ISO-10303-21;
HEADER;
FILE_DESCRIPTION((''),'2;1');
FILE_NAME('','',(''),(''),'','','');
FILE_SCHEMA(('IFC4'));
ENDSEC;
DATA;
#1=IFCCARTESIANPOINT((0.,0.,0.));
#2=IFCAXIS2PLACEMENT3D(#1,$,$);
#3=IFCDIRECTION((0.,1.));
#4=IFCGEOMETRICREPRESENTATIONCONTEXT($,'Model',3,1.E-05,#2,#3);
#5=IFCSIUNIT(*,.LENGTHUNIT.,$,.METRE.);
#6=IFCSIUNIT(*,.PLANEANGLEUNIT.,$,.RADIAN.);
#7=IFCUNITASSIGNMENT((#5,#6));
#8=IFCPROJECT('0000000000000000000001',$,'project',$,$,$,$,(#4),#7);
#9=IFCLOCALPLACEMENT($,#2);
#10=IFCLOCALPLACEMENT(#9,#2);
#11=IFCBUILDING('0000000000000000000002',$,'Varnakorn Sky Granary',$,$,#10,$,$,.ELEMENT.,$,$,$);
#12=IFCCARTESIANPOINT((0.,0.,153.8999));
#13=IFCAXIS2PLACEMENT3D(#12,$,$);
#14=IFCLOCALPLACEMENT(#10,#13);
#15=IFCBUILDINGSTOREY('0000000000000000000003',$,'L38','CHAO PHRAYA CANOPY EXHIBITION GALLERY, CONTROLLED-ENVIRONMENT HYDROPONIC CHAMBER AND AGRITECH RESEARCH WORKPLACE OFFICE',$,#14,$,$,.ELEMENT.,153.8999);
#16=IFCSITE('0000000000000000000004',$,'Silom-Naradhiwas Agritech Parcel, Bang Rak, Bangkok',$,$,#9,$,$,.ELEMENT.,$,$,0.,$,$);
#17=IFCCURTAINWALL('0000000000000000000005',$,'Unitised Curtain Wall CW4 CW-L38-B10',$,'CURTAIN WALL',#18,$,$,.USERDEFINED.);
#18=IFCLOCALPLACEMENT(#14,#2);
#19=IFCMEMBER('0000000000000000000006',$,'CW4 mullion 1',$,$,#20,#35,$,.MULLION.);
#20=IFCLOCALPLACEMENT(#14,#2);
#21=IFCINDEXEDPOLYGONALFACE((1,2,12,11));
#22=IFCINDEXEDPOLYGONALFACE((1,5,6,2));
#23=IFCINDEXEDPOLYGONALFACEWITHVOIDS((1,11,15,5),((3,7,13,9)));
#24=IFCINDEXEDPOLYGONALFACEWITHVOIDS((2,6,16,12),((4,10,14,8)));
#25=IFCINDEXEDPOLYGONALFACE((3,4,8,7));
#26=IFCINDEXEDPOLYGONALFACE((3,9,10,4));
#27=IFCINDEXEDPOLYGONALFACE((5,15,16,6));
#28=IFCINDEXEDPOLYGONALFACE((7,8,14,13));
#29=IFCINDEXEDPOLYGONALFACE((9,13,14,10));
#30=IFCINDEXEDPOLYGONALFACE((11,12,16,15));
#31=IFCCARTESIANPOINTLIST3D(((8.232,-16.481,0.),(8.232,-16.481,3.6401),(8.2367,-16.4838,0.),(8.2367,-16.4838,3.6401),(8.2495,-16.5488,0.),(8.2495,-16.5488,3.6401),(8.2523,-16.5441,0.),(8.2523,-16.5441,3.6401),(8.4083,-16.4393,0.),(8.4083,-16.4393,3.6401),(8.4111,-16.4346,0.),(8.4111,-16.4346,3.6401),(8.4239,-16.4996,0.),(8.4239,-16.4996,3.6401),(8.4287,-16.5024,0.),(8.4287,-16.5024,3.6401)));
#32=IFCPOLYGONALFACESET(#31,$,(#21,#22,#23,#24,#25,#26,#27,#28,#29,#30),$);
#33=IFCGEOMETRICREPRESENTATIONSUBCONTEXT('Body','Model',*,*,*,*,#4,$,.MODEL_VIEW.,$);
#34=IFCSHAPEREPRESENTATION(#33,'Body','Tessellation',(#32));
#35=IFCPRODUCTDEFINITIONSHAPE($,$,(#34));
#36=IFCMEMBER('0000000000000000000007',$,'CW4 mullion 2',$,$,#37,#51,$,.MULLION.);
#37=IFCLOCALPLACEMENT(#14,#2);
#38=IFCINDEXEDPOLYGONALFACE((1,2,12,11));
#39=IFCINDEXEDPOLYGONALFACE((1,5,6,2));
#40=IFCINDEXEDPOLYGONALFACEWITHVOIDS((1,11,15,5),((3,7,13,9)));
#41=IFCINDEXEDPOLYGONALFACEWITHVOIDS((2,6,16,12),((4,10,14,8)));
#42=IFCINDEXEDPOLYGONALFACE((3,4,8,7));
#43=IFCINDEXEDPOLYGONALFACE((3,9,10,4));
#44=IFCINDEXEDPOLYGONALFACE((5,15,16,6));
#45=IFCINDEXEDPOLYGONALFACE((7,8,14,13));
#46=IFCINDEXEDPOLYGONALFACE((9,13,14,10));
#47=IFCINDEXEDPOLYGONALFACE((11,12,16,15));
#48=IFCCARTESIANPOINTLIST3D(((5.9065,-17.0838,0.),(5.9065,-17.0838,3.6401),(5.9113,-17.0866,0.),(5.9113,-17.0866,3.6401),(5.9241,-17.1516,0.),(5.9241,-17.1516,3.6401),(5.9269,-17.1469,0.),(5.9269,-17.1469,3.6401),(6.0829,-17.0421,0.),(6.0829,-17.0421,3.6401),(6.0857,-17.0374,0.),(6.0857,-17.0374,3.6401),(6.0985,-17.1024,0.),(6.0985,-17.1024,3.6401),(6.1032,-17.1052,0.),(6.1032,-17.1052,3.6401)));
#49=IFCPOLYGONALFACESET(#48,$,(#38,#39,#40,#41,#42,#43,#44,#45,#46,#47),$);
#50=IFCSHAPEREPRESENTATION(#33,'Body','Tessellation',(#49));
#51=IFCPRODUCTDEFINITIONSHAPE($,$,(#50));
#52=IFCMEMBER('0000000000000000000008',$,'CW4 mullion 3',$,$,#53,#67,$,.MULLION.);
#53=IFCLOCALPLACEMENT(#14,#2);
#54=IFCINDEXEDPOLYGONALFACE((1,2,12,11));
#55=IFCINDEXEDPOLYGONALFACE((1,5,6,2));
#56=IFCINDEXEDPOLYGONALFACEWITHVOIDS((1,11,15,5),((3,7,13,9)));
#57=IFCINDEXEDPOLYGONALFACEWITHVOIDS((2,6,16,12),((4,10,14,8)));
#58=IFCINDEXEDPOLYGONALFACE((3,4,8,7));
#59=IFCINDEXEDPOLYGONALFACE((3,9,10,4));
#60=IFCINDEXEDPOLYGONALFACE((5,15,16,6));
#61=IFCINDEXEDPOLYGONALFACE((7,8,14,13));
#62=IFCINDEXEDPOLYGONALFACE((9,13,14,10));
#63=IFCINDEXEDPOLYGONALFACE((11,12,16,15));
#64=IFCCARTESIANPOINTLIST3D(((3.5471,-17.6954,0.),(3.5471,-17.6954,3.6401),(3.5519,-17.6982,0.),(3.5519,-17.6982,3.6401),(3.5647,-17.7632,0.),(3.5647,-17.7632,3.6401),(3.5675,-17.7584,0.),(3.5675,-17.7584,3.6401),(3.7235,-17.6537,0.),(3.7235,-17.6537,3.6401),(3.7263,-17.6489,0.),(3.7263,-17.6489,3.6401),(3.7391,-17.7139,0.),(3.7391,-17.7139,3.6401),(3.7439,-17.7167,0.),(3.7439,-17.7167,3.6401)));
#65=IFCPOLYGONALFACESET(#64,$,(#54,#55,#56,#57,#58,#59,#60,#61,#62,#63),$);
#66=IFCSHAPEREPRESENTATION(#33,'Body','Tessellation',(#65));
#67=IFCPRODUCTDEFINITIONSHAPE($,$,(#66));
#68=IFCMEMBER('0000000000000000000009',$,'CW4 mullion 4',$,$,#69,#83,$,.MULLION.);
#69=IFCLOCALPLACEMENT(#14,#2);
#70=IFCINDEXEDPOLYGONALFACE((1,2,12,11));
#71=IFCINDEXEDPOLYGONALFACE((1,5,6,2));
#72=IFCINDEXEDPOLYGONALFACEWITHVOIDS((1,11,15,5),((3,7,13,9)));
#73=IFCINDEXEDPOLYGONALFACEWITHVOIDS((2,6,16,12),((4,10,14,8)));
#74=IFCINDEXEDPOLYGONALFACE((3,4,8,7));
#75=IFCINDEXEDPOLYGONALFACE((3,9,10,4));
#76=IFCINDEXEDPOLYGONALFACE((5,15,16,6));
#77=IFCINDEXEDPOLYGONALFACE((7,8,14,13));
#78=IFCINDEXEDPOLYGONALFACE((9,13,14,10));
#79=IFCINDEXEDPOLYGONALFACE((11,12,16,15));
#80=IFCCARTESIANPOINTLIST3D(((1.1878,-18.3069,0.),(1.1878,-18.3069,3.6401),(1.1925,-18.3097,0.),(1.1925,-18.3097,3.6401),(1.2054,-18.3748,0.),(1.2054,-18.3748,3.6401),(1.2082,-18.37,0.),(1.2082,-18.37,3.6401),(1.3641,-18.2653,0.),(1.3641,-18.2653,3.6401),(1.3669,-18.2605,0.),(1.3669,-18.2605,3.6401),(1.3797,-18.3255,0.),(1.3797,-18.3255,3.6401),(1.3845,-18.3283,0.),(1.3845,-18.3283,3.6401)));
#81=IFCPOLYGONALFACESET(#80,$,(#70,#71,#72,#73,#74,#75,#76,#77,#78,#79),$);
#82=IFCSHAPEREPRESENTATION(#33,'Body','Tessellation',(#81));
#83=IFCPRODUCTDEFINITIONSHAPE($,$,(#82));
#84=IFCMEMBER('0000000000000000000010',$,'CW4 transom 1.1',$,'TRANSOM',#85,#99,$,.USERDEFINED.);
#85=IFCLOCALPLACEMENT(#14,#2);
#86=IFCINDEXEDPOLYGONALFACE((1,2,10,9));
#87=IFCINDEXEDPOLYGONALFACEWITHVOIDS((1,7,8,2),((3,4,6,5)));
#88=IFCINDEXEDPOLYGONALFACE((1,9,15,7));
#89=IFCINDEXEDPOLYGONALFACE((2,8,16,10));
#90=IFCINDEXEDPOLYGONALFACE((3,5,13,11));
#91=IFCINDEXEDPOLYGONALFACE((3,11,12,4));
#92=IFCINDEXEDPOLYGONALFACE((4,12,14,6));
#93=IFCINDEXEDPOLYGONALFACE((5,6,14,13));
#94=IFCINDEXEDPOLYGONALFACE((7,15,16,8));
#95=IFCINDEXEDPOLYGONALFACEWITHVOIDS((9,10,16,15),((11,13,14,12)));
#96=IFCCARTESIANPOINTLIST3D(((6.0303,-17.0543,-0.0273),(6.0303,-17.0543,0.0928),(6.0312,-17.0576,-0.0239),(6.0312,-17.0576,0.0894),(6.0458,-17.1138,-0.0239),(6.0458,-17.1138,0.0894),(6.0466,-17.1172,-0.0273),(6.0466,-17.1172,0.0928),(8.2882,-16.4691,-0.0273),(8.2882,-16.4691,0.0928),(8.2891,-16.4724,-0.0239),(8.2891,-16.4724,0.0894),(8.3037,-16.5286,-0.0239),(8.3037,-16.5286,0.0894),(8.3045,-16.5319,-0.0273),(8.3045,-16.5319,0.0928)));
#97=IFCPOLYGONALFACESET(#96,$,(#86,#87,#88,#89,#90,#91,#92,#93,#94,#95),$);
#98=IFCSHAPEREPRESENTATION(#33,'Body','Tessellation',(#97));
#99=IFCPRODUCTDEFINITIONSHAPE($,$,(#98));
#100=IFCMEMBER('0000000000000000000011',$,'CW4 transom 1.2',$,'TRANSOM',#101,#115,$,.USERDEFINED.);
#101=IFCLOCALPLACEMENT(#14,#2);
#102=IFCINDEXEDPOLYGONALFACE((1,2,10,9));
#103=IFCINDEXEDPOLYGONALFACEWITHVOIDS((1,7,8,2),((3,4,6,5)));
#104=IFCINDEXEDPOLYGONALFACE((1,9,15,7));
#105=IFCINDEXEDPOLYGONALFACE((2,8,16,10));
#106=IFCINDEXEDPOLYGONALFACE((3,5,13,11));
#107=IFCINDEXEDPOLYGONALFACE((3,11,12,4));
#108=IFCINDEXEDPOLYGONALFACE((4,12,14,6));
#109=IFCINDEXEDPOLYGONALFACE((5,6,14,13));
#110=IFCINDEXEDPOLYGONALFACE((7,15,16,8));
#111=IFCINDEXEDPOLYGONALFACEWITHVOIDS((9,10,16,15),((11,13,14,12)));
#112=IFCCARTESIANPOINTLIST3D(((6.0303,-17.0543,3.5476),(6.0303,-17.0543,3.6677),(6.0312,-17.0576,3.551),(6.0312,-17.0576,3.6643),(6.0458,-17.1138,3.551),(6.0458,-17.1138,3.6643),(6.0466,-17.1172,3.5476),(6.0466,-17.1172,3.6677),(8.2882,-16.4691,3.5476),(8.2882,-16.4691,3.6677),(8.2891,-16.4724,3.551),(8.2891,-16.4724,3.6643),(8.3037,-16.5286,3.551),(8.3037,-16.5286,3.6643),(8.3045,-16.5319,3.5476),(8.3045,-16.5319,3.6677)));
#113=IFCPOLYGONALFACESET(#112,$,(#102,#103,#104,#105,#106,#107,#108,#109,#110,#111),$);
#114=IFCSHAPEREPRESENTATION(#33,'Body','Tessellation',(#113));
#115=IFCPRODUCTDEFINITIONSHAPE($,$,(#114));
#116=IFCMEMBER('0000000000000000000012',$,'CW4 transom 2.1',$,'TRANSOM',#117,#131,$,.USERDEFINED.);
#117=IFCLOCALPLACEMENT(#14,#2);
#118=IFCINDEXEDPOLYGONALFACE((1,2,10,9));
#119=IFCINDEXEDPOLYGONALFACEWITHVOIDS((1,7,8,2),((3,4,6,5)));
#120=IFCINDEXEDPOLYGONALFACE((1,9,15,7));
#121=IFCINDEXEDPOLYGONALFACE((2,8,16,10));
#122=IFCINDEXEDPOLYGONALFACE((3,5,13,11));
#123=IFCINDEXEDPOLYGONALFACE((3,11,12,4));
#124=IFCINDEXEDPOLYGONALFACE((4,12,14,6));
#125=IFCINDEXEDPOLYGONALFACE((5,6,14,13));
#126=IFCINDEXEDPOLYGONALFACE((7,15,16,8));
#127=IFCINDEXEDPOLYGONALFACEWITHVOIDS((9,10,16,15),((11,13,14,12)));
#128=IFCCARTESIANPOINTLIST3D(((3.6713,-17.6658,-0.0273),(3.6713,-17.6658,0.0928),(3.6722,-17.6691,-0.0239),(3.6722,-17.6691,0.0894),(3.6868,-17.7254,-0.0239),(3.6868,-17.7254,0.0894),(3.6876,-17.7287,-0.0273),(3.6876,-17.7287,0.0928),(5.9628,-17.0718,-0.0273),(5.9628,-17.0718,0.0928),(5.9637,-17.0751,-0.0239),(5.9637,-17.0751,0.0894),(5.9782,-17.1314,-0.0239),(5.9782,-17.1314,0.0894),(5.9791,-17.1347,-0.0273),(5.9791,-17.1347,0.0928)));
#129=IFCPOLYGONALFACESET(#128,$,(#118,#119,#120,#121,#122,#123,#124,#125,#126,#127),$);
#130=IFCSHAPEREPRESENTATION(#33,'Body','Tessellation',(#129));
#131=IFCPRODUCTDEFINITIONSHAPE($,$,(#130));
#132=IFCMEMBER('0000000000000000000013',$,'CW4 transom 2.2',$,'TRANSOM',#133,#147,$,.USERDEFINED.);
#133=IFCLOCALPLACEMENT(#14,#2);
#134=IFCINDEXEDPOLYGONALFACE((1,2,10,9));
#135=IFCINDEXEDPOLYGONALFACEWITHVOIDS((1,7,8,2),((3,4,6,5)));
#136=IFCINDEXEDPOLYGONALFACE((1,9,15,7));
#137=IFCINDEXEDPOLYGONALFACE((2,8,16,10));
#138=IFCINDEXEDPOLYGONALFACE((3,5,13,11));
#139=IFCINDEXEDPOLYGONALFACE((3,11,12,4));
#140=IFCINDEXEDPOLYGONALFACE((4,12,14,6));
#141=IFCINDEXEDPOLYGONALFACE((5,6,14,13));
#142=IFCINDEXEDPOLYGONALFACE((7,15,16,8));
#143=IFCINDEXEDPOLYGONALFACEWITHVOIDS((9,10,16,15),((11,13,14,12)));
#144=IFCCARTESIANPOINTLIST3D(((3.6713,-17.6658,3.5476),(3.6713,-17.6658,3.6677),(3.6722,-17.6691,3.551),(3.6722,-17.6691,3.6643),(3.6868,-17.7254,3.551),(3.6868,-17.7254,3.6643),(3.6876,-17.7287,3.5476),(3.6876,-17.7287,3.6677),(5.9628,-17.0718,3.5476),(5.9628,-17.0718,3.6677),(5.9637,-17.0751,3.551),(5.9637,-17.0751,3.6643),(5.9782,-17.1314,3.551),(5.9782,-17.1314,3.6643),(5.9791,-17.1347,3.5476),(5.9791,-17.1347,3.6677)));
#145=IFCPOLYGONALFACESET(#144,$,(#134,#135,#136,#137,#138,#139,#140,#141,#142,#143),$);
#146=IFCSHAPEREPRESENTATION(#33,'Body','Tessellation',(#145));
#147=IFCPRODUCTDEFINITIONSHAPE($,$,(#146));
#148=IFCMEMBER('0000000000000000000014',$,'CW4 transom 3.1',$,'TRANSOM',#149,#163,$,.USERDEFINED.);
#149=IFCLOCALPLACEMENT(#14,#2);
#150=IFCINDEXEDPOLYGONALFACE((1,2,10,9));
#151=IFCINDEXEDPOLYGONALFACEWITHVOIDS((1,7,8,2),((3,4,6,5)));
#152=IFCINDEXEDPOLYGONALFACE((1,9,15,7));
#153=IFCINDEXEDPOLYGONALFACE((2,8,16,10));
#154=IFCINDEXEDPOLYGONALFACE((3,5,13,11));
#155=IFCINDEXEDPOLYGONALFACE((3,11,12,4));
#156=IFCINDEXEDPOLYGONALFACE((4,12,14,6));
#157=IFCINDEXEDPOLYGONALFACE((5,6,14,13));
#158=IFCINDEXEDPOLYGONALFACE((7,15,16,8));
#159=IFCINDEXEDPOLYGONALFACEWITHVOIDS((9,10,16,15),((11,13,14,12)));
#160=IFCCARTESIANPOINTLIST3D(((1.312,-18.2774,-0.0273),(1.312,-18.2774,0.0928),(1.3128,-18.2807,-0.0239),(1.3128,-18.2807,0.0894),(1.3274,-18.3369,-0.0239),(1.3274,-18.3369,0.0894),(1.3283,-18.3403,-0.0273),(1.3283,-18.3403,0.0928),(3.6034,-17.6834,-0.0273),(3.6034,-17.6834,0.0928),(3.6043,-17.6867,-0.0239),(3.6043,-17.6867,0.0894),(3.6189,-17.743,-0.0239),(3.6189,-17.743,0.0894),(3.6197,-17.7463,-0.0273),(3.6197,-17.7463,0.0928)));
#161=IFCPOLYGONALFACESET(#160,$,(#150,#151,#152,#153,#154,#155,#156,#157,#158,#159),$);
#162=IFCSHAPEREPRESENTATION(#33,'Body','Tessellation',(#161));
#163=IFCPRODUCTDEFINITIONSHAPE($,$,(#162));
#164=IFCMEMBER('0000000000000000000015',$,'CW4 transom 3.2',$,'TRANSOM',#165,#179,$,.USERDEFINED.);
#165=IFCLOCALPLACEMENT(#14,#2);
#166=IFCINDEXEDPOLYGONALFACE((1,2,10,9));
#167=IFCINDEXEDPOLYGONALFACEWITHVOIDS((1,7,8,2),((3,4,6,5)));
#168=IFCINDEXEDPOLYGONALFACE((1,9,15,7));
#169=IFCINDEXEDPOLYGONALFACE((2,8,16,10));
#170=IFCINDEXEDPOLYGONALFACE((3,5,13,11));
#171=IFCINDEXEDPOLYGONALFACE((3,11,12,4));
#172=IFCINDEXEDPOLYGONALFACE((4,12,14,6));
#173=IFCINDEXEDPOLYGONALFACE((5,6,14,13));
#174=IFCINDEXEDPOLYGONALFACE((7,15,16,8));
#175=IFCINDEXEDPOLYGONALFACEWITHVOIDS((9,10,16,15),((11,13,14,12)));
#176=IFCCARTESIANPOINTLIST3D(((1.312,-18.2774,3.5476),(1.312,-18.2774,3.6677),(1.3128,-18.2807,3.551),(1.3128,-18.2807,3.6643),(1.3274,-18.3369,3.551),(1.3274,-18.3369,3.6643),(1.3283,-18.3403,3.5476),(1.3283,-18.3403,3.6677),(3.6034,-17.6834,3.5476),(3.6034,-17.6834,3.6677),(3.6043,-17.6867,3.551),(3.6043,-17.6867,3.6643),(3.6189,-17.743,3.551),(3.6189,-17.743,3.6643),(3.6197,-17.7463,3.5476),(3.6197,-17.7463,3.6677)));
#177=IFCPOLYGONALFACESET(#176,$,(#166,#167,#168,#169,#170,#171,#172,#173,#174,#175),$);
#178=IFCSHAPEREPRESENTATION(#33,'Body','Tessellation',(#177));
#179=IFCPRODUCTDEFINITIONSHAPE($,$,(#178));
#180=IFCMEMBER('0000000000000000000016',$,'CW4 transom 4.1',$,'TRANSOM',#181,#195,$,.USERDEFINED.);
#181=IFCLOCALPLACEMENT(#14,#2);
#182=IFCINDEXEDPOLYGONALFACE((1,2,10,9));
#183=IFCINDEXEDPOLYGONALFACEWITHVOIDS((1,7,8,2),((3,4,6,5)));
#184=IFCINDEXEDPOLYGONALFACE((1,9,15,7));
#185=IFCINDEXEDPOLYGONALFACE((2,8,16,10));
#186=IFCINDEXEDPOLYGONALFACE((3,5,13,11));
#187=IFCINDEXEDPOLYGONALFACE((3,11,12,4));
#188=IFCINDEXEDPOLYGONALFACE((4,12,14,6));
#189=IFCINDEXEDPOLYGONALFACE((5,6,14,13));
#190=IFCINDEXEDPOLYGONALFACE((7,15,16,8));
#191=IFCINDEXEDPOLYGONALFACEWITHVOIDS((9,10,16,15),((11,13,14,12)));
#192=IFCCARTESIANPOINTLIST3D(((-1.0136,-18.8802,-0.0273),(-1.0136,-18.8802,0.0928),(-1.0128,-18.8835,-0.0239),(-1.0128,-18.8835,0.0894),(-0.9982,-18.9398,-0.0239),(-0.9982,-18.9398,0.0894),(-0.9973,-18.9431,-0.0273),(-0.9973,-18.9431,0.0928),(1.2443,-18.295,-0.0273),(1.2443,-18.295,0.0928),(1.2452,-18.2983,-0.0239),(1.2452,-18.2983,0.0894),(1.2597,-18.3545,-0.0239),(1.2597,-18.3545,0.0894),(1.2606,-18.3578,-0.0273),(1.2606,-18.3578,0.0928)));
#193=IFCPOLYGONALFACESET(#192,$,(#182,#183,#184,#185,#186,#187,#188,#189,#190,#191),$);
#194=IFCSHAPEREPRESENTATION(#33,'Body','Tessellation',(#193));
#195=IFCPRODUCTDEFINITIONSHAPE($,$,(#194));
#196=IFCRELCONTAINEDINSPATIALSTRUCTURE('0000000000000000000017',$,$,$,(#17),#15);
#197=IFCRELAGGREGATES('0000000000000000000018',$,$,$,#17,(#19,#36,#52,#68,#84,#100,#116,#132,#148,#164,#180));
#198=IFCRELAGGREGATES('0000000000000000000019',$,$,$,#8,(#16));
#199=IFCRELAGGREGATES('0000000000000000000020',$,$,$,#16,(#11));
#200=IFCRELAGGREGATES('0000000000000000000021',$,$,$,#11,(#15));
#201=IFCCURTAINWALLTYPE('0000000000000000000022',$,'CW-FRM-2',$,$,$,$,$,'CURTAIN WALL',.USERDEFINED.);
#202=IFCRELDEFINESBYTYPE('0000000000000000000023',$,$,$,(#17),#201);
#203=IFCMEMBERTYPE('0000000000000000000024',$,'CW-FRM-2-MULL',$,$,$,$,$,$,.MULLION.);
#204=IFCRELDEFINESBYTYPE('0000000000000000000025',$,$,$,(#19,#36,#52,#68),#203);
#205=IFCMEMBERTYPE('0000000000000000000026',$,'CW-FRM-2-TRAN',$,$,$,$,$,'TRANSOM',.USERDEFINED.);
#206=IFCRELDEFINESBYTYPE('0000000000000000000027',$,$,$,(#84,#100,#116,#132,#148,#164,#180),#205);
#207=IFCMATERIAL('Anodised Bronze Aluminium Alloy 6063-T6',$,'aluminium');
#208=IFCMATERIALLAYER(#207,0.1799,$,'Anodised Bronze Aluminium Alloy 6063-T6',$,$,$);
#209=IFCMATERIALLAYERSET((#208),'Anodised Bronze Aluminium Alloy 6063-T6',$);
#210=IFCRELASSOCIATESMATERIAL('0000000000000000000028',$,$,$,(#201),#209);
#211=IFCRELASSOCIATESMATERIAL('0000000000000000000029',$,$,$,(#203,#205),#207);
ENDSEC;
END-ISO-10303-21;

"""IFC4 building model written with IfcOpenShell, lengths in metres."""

from ifc_helpers import new_model, si_unit, direction, frame, origin, origin_2d, place, context, subcontext, project, spatial, hollow_rectangle, extrude, material, layer, layer_set, material_profile, profile_set, type_object, element, aggregate, save


model = new_model("IFC4")

# Units and contexts
model_context = context("Model", 3, precision=1e-05, world=origin(), true_north=direction((0.0, 1.0)))
body_context = subcontext(model_context, "Body", "Model", "MODEL_VIEW")
ifc_project = project(units=[si_unit("LENGTHUNIT", "METRE"), si_unit("PLANEANGLEUNIT", "RADIAN")], contexts=[model_context])

# Site, building, storey
site_placement = place(None, origin())
site = spatial("IfcSite", under=ifc_project, at=site_placement, Name="Silom-Naradhiwas Agritech Parcel, Bang Rak, Bangkok", CompositionType="ELEMENT", RefElevation=0.0)
building_placement = place(site_placement, origin())
building = spatial("IfcBuilding", under=site, at=building_placement, Name="Varnakorn Sky Granary", CompositionType="ELEMENT")
storey_placement = place(building_placement, frame((0.0, 0.0, 153.8999)))
storey = spatial("IfcBuildingStorey", under=building, at=storey_placement, Name="L38", Description="CHAO PHRAYA CANOPY EXHIBITION GALLERY, CONTROLLED-ENVIRONMENT HYDROPONIC CHAMBER AND AGRITECH RESEARCH WORKPLACE OFFICE", CompositionType="ELEMENT", Elevation=153.8999)

# Curtain wall, members
ifc_material_1 = material(Name="Anodised Bronze Aluminium Alloy 6063-T6", Category="aluminium")
ifc_layer_1 = layer(ifc_material_1, 0.1799, Name="Anodised Bronze Aluminium Alloy 6063-T6")
ifc_layer_set_1 = layer_set([ifc_layer_1], Name="Anodised Bronze Aluminium Alloy 6063-T6")
curtain_wall_type = type_object("IfcCurtainWallType", Name="CW-FRM-2", ElementType="CURTAIN WALL", PredefinedType="USERDEFINED", material=ifc_layer_set_1)
curtain_wall_placement = place(storey_placement, origin())
curtain_wall = element("IfcCurtainWall", 1, at=curtain_wall_placement, inside=storey, type_object=curtain_wall_type, Name="Unitised Curtain Wall CW4 CW-L38-B10", ObjectType="CURTAIN WALL", PredefinedType="USERDEFINED")
ifc_material_profile_1 = material_profile(ifc_material_1, hollow_rectangle(XDim=0.0701, YDim=0.1851, WallThickness=0.0039, at=origin_2d()), Name="ALU MULL 70x185")
ifc_profile_set_1 = profile_set([ifc_material_profile_1], Name="Anodised Bronze Aluminium Alloy 6063-T6")
member_type_1 = type_object("IfcMemberType", Name="CW-FRM-2-MULL", PredefinedType="MULLION", material=ifc_profile_set_1)
member_1_placement = place(storey_placement, frame((8.3303, -16.4917, 0.0), z_axis=(0.0, 0.0, 1.0), x_axis=(0.250935, -0.968004, 0.0)))
member_1 = element("IfcMember", 2, at=member_1_placement, type_object=member_type_1, Name="CW4 mullion 1", PredefinedType="MULLION", context=body_context, shape_type="SweptSolid", body=[
    extrude(hollow_rectangle(XDim=0.0701, YDim=0.1851, WallThickness=0.0039, at=origin_2d()), origin(), (0.0, 0.0, 1.0), 3.6401),
])
member_2_placement = place(storey_placement, frame((6.0049, -17.0945, 0.0), z_axis=(0.0, 0.0, 1.0), x_axis=(0.250935, -0.968004, 0.0)))
member_2 = element("IfcMember", 3, at=member_2_placement, type_object=member_type_1, Name="CW4 mullion 2", PredefinedType="MULLION", context=body_context, shape_type="SweptSolid", body=[
    extrude(hollow_rectangle(XDim=0.0701, YDim=0.1851, WallThickness=0.0039, at=origin_2d()), origin(), (0.0, 0.0, 1.0), 3.6401),
])
member_3_placement = place(storey_placement, frame((3.6455, -17.7061, 0.0), z_axis=(0.0, 0.0, 1.0), x_axis=(0.250935, -0.968004, 0.0)))
member_3 = element("IfcMember", 4, at=member_3_placement, type_object=member_type_1, Name="CW4 mullion 3", PredefinedType="MULLION", context=body_context, shape_type="SweptSolid", body=[
    extrude(hollow_rectangle(XDim=0.0701, YDim=0.1851, WallThickness=0.0039, at=origin_2d()), origin(), (0.0, 0.0, 1.0), 3.6401),
])
member_4_placement = place(storey_placement, frame((1.2861, -18.3176, 0.0), z_axis=(0.0, 0.0, 1.0), x_axis=(0.250935, -0.968004, 0.0)))
member_4 = element("IfcMember", 5, at=member_4_placement, type_object=member_type_1, Name="CW4 mullion 4", PredefinedType="MULLION", context=body_context, shape_type="SweptSolid", body=[
    extrude(hollow_rectangle(XDim=0.0701, YDim=0.1851, WallThickness=0.0039, at=origin_2d()), origin(), (0.0, 0.0, 1.0), 3.6401),
])
ifc_material_profile_2 = material_profile(ifc_material_1, hollow_rectangle(XDim=0.0649, YDim=0.1201, WallThickness=0.0034, at=origin_2d()), Name="ALU TRAN 65x120")
ifc_profile_set_2 = profile_set([ifc_material_profile_2], Name="Anodised Bronze Aluminium Alloy 6063-T6")
member_type_2 = type_object("IfcMemberType", Name="CW-FRM-2-TRAN", ElementType="TRANSOM", PredefinedType="USERDEFINED", material=ifc_profile_set_2)
member_5_placement = place(storey_placement, frame((8.2964, -16.5005, 0.0327), z_axis=(-0.968013, -0.2509, 0.0), x_axis=(0.2509, -0.968013, 0.0)))
member_5 = element("IfcMember", 6, at=member_5_placement, type_object=member_type_2, Name="CW4 transom 1.1", ObjectType="TRANSOM", PredefinedType="USERDEFINED", context=body_context, shape_type="SweptSolid", body=[
    extrude(hollow_rectangle(XDim=0.0649, YDim=0.1201, WallThickness=0.0034, at=origin_2d()), origin(), (0.0, 0.0, 1.0), 2.3325),
])
member_6_placement = place(storey_placement, frame((8.2964, -16.5005, 3.6077), z_axis=(-0.968013, -0.2509, 0.0), x_axis=(0.2509, -0.968013, 0.0)))
member_6 = element("IfcMember", 7, at=member_6_placement, type_object=member_type_2, Name="CW4 transom 1.2", ObjectType="TRANSOM", PredefinedType="USERDEFINED", context=body_context, shape_type="SweptSolid", body=[
    extrude(hollow_rectangle(XDim=0.0649, YDim=0.1201, WallThickness=0.0034, at=origin_2d()), origin(), (0.0, 0.0, 1.0), 2.3325),
])
member_7_placement = place(storey_placement, frame((5.9709, -17.1033, 0.0327), z_axis=(-0.968007, -0.250923, 0.0), x_axis=(0.250923, -0.968007, 0.0)))
member_7 = element("IfcMember", 8, at=member_7_placement, type_object=member_type_2, Name="CW4 transom 2.1", ObjectType="TRANSOM", PredefinedType="USERDEFINED", context=body_context, shape_type="SweptSolid", body=[
    extrude(hollow_rectangle(XDim=0.0649, YDim=0.1201, WallThickness=0.0034, at=origin_2d()), origin(), (0.0, 0.0, 1.0), 2.3672),
])
member_8_placement = place(storey_placement, frame((5.9709, -17.1033, 3.6077), z_axis=(-0.968007, -0.250923, 0.0), x_axis=(0.250923, -0.968007, 0.0)))
member_8 = element("IfcMember", 9, at=member_8_placement, type_object=member_type_2, Name="CW4 transom 2.2", ObjectType="TRANSOM", PredefinedType="USERDEFINED", context=body_context, shape_type="SweptSolid", body=[
    extrude(hollow_rectangle(XDim=0.0649, YDim=0.1201, WallThickness=0.0034, at=origin_2d()), origin(), (0.0, 0.0, 1.0), 2.3672),
])
member_9_placement = place(storey_placement, frame((3.6116, -17.7148, 0.0327), z_axis=(-0.968007, -0.250923, 0.0), x_axis=(0.250923, -0.968007, 0.0)))
member_9 = element("IfcMember", 10, at=member_9_placement, type_object=member_type_2, Name="CW4 transom 3.1", ObjectType="TRANSOM", PredefinedType="USERDEFINED", context=body_context, shape_type="SweptSolid", body=[
    extrude(hollow_rectangle(XDim=0.0649, YDim=0.1201, WallThickness=0.0034, at=origin_2d()), origin(), (0.0, 0.0, 1.0), 2.3672),
])
member_10_placement = place(storey_placement, frame((3.6116, -17.7148, 3.6077), z_axis=(-0.968007, -0.250923, 0.0), x_axis=(0.250923, -0.968007, 0.0)))
member_10 = element("IfcMember", 11, at=member_10_placement, type_object=member_type_2, Name="CW4 transom 3.2", ObjectType="TRANSOM", PredefinedType="USERDEFINED", context=body_context, shape_type="SweptSolid", body=[
    extrude(hollow_rectangle(XDim=0.0649, YDim=0.1201, WallThickness=0.0034, at=origin_2d()), origin(), (0.0, 0.0, 1.0), 2.3672),
])
member_11_placement = place(storey_placement, frame((1.2524, -18.3264, 0.0327), z_axis=(-0.968013, -0.2509, 0.0), x_axis=(0.2509, -0.968013, 0.0)))
member_11 = element("IfcMember", 12, at=member_11_placement, type_object=member_type_2, Name="CW4 transom 4.1", ObjectType="TRANSOM", PredefinedType="USERDEFINED", context=body_context, shape_type="SweptSolid", body=[
    extrude(hollow_rectangle(XDim=0.0649, YDim=0.1201, WallThickness=0.0034, at=origin_2d()), origin(), (0.0, 0.0, 1.0), 2.3325),
])

aggregate(curtain_wall, [member_1, member_2, member_3, member_4, member_5, member_6, member_7, member_8, member_9, member_10, member_11])

save(model, "model.ifc")
